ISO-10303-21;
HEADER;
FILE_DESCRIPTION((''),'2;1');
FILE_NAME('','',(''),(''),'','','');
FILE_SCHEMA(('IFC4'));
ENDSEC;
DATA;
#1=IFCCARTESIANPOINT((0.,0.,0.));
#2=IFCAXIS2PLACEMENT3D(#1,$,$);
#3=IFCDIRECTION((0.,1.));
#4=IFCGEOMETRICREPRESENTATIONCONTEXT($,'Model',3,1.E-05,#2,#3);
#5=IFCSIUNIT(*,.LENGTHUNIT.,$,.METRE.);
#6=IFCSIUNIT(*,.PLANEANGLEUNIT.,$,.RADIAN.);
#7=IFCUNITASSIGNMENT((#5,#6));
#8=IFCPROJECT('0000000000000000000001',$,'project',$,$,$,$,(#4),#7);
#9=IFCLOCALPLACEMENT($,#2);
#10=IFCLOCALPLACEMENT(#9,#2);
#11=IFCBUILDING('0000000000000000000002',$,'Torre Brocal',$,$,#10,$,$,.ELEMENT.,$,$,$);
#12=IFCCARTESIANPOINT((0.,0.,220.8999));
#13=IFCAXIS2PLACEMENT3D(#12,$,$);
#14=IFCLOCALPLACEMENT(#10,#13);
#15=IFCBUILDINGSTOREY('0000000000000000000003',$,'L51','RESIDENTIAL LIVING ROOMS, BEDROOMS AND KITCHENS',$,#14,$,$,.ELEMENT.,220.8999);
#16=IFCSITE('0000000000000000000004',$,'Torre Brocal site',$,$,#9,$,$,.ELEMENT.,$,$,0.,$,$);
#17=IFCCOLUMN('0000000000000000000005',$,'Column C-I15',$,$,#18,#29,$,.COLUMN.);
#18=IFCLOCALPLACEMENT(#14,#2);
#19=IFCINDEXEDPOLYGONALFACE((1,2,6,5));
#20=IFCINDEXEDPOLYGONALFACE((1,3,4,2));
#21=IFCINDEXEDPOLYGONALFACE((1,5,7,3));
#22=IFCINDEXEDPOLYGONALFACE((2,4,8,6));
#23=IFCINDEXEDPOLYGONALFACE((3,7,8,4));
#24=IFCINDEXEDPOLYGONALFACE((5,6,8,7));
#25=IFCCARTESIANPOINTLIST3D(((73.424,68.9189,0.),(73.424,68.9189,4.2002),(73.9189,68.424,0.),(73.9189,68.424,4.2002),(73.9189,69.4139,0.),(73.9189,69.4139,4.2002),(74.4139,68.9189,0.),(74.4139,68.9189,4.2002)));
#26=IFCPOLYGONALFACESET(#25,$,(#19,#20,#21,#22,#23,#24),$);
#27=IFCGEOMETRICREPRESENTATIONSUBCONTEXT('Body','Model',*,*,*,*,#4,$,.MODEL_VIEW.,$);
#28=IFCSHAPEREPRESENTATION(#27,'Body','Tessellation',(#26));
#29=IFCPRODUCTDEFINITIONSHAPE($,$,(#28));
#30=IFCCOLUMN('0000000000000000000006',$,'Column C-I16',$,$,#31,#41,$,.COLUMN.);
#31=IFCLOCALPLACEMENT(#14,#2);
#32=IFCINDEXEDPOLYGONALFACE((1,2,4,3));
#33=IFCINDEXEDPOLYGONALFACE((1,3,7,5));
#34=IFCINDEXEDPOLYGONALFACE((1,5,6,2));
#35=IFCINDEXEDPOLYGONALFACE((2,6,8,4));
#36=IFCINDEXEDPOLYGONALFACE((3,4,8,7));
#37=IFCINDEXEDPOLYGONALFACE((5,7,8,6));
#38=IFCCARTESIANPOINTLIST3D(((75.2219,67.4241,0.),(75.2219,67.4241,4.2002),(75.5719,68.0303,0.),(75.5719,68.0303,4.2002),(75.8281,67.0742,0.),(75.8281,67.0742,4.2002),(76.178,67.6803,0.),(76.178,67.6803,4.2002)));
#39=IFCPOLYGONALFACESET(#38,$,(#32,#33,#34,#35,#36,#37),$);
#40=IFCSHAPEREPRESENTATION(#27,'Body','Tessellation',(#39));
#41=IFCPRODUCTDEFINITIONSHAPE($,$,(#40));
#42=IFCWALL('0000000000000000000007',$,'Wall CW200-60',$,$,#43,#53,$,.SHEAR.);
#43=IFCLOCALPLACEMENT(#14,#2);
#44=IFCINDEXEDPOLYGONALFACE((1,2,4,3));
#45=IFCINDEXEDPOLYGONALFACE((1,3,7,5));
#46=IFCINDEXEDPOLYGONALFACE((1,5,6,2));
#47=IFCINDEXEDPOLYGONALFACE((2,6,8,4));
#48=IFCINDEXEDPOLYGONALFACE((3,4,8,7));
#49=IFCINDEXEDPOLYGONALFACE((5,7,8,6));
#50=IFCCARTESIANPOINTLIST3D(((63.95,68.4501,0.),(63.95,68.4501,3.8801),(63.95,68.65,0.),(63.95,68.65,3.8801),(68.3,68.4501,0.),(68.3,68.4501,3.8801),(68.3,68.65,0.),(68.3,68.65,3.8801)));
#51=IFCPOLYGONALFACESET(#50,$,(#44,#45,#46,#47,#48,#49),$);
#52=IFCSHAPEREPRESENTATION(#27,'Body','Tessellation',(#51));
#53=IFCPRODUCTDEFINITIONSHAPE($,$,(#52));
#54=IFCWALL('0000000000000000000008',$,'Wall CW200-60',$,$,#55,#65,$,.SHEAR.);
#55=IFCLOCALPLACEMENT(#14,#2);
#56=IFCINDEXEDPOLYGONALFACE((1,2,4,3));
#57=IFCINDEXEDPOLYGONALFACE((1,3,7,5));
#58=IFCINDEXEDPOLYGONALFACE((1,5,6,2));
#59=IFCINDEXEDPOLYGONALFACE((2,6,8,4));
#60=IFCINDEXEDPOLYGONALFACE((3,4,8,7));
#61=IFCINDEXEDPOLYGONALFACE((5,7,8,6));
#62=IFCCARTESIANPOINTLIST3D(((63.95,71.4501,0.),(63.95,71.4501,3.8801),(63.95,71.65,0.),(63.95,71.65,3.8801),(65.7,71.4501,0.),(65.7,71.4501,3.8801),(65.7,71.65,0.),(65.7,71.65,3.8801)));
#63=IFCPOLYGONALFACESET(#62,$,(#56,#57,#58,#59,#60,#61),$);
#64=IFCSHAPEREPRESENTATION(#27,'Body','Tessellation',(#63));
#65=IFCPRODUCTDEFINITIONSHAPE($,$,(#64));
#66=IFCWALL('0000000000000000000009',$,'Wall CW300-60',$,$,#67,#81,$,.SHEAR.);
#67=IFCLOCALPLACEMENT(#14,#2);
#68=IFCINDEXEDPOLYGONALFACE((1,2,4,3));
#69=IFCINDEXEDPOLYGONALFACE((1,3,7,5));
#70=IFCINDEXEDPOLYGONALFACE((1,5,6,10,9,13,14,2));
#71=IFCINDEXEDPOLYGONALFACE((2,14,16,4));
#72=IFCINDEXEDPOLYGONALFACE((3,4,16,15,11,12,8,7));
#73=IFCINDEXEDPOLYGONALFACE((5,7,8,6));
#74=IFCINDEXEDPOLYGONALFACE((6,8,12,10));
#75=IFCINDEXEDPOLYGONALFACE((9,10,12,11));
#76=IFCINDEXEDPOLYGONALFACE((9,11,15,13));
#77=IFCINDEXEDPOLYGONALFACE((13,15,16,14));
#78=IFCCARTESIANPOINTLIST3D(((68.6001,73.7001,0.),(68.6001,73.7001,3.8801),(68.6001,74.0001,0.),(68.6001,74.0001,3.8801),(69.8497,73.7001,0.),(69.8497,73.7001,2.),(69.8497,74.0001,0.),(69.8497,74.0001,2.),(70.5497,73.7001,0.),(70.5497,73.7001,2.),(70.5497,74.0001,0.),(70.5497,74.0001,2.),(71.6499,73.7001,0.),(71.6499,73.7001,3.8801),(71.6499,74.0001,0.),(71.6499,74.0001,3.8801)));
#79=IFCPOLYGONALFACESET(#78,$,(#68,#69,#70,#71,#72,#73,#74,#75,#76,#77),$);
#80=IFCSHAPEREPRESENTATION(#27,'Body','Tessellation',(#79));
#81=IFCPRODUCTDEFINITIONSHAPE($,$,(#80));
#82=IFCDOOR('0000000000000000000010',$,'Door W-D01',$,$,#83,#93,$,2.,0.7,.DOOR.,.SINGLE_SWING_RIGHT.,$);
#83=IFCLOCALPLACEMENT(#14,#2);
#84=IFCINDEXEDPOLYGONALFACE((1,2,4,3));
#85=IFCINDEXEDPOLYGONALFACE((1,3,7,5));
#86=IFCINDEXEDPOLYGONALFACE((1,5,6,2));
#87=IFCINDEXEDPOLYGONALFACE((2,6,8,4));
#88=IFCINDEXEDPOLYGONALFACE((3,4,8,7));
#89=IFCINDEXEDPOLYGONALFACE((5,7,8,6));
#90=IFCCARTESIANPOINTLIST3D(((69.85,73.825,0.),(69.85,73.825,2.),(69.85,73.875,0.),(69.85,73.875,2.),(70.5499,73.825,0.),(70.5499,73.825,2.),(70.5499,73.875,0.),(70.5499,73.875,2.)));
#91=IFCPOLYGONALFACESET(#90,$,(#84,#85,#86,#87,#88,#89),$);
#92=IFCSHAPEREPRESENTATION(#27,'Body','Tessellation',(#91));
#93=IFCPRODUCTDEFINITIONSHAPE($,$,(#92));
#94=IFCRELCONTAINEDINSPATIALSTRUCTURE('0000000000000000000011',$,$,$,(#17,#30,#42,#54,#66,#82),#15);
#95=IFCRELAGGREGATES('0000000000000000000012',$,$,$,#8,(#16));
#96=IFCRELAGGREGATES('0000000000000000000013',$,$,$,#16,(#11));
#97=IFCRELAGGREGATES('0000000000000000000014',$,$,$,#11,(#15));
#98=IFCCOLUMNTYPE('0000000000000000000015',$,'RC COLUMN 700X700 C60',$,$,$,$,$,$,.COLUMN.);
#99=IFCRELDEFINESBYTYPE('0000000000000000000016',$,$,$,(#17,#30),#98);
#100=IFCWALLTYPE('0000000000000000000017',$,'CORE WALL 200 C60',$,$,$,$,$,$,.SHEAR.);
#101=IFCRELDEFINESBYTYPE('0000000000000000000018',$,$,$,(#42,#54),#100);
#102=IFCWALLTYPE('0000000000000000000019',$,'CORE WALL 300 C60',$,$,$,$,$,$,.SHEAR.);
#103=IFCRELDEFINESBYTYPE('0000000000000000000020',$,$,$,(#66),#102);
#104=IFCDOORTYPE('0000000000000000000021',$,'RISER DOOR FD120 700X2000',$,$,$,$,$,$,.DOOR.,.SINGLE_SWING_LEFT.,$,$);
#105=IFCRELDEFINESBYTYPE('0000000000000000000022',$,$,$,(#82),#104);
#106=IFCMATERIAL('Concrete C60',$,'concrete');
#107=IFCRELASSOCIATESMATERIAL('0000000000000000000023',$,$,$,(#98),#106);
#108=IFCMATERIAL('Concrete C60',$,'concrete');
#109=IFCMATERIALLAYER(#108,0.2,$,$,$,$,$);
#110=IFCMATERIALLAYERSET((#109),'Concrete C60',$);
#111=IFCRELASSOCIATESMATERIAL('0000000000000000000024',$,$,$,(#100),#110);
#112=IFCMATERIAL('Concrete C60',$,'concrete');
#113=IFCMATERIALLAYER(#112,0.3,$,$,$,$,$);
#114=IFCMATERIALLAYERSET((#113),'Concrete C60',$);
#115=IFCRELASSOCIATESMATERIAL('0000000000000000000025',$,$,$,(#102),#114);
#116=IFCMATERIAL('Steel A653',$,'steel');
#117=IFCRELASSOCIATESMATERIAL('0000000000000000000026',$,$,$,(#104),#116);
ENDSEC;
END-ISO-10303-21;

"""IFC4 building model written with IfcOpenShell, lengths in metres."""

from ifc_helpers import new_model, si_unit, direction, frame, frame_2d, origin, origin_2d, place, context, subcontext, project, spatial, rectangle, extrude, material, layer, layer_set, material_profile, profile_set, type_object, element, fill, save


model = new_model("IFC4")

# Units and contexts
model_context = context("Model", 3, precision=1e-05, world=origin(), true_north=direction((0.0, 1.0)))
body_context = subcontext(model_context, "Body", "Model", "MODEL_VIEW")
ifc_project = project(units=[si_unit("LENGTHUNIT", "METRE"), si_unit("PLANEANGLEUNIT", "RADIAN")], contexts=[model_context])

# Site, building, storey
site_placement = place(None, origin())
site = spatial("IfcSite", under=ifc_project, at=site_placement, Name="Torre Brocal site", CompositionType="ELEMENT", RefElevation=0.0)
building_placement = place(site_placement, origin())
building = spatial("IfcBuilding", under=site, at=building_placement, Name="Torre Brocal", CompositionType="ELEMENT")
storey_placement = place(building_placement, frame((0.0, 0.0, 220.8999)))
storey = spatial("IfcBuildingStorey", under=building, at=storey_placement, Name="L51", Description="RESIDENTIAL LIVING ROOMS, BEDROOMS AND KITCHENS", CompositionType="ELEMENT", Elevation=220.8999)

# Columns
ifc_material_1 = material(Name="Concrete C60", Category="concrete")
ifc_material_profile = material_profile(ifc_material_1, rectangle(XDim=0.7, YDim=0.7, at=origin_2d()), Name="RC 700X700")
ifc_profile_set = profile_set([ifc_material_profile], Name="Concrete C60")
column_type = type_object("IfcColumnType", Name="RC COLUMN 700X700 C60", PredefinedType="COLUMN", material=ifc_profile_set)
for number, where, z_axis, x_axis, name in (
    (1, (73.9189, 68.9189, 0.0), (0.0, 0.0, 1.0), (-0.707107, -0.707107, 0.0), "Column C-I15"),
    (2, (75.7, 67.5522, 0.0), (0.0, 0.0, 1.0), (-0.5, -0.866025, 0.0), "Column C-I16"),
):
    element("IfcColumn", number, at=place(storey_placement, frame(where, z_axis=z_axis, x_axis=x_axis)), inside=storey, type_object=column_type, Name=name, PredefinedType="COLUMN", context=body_context, shape_type="SweptSolid", body=[
        extrude(rectangle(XDim=0.7, YDim=0.7, at=origin_2d()), origin(), (0.0, 0.0, 1.0), 4.2002),
    ])

# Walls
ifc_material_2 = material(Name="Concrete C60", Category="concrete")
ifc_layer_1 = layer(ifc_material_2, 0.2)
ifc_layer_set_1 = layer_set([ifc_layer_1], Name="Concrete C60")
wall_type_1 = type_object("IfcWallType", Name="CORE WALL 200 C60", PredefinedType="SHEAR", material=ifc_layer_set_1)
wall_1_placement = place(storey_placement, frame((68.3, 68.55, 0.0), z_axis=(0.0, 0.0, 1.0), x_axis=(-1.0, 0.0, 0.0)))
element("IfcWall", 3, at=wall_1_placement, inside=storey, type_object=wall_type_1, Name="Wall CW200-60", PredefinedType="SHEAR", context=body_context, shape_type="SweptSolid", body=[
    extrude(rectangle(XDim=4.3501, YDim=0.2, at=frame_2d((2.175, 0.0))), origin(), (0.0, 0.0, 1.0), 3.8801),
])
wall_2_placement = place(storey_placement, frame((65.7, 71.55, 0.0), z_axis=(0.0, 0.0, 1.0), x_axis=(-1.0, 0.0, 0.0)))
element("IfcWall", 4, at=wall_2_placement, inside=storey, type_object=wall_type_1, Name="Wall CW200-60", PredefinedType="SHEAR", context=body_context, shape_type="SweptSolid", body=[
    extrude(rectangle(XDim=1.75, YDim=0.2, at=frame_2d((0.875, 0.0))), origin(), (0.0, 0.0, 1.0), 3.8801),
])

# Wall, opening, door
ifc_material_3 = material(Name="Concrete C60", Category="concrete")
ifc_layer_2 = layer(ifc_material_3, 0.3)
ifc_layer_set_2 = layer_set([ifc_layer_2], Name="Concrete C60")
wall_type_2 = type_object("IfcWallType", Name="CORE WALL 300 C60", PredefinedType="SHEAR", material=ifc_layer_set_2)
wall_3_placement = place(storey_placement, frame((71.6499, 73.8501, 0.0), z_axis=(0.0, 0.0, 1.0), x_axis=(-1.0, 0.0, 0.0)))
wall_3 = element("IfcWall", 5, at=wall_3_placement, inside=storey, type_object=wall_type_2, Name="Wall CW300-60", PredefinedType="SHEAR", context=body_context, shape_type="SweptSolid", body=[
    extrude(rectangle(XDim=3.0498, YDim=0.3, at=frame_2d((1.5249, 0.0))), origin(), (0.0, 0.0, 1.0), 3.8801),
])
opening_1_placement = place(wall_3_placement, frame((1.1001, 0.0, 0.0)))
opening_1 = element("IfcOpeningElement", 6, at=opening_1_placement, cuts=wall_3, PredefinedType="OPENING", context=body_context, shape_type="SweptSolid", body=[
    extrude(rectangle(XDim=0.7, YDim=2.0, at=frame_2d((0.3501, 1.0))), frame((0.0, 0.1599, 0.0), z_axis=(0.0, -1.0, 0.0), x_axis=(1.0, 0.0, 0.0)), (0.0, 0.0, 1.0), 0.3201),
])
ifc_material_4 = material(Name="Steel A653", Category="steel")
door_type_1 = type_object("IfcDoorType", Name="RISER DOOR FD120 700X2000", OperationType="SINGLE_SWING_LEFT", PredefinedType="DOOR", material=ifc_material_4)
door_1_placement = place(opening_1_placement, frame((0.7, 0.0, 0.0), z_axis=(0.0, 0.0, 1.0), x_axis=(-1.0, 0.0, 0.0)))
door_1 = element("IfcDoor", 7, at=door_1_placement, inside=storey, type_object=door_type_1, Name="Door W-D01", OperationType="SINGLE_SWING_RIGHT", OverallHeight=2.0, OverallWidth=0.7, PredefinedType="DOOR", context=body_context, shape_type="SweptSolid", body=[
    extrude(rectangle(XDim=0.7, YDim=2.0, at=frame_2d((0.3501, 1.0))), frame((0.0, 0.0249, 0.0), z_axis=(0.0, -1.0, 0.0), x_axis=(1.0, 0.0, 0.0)), (0.0, 0.0, 1.0), 0.05),
])
fill(opening_1, door_1)

save(model, "model.ifc")
